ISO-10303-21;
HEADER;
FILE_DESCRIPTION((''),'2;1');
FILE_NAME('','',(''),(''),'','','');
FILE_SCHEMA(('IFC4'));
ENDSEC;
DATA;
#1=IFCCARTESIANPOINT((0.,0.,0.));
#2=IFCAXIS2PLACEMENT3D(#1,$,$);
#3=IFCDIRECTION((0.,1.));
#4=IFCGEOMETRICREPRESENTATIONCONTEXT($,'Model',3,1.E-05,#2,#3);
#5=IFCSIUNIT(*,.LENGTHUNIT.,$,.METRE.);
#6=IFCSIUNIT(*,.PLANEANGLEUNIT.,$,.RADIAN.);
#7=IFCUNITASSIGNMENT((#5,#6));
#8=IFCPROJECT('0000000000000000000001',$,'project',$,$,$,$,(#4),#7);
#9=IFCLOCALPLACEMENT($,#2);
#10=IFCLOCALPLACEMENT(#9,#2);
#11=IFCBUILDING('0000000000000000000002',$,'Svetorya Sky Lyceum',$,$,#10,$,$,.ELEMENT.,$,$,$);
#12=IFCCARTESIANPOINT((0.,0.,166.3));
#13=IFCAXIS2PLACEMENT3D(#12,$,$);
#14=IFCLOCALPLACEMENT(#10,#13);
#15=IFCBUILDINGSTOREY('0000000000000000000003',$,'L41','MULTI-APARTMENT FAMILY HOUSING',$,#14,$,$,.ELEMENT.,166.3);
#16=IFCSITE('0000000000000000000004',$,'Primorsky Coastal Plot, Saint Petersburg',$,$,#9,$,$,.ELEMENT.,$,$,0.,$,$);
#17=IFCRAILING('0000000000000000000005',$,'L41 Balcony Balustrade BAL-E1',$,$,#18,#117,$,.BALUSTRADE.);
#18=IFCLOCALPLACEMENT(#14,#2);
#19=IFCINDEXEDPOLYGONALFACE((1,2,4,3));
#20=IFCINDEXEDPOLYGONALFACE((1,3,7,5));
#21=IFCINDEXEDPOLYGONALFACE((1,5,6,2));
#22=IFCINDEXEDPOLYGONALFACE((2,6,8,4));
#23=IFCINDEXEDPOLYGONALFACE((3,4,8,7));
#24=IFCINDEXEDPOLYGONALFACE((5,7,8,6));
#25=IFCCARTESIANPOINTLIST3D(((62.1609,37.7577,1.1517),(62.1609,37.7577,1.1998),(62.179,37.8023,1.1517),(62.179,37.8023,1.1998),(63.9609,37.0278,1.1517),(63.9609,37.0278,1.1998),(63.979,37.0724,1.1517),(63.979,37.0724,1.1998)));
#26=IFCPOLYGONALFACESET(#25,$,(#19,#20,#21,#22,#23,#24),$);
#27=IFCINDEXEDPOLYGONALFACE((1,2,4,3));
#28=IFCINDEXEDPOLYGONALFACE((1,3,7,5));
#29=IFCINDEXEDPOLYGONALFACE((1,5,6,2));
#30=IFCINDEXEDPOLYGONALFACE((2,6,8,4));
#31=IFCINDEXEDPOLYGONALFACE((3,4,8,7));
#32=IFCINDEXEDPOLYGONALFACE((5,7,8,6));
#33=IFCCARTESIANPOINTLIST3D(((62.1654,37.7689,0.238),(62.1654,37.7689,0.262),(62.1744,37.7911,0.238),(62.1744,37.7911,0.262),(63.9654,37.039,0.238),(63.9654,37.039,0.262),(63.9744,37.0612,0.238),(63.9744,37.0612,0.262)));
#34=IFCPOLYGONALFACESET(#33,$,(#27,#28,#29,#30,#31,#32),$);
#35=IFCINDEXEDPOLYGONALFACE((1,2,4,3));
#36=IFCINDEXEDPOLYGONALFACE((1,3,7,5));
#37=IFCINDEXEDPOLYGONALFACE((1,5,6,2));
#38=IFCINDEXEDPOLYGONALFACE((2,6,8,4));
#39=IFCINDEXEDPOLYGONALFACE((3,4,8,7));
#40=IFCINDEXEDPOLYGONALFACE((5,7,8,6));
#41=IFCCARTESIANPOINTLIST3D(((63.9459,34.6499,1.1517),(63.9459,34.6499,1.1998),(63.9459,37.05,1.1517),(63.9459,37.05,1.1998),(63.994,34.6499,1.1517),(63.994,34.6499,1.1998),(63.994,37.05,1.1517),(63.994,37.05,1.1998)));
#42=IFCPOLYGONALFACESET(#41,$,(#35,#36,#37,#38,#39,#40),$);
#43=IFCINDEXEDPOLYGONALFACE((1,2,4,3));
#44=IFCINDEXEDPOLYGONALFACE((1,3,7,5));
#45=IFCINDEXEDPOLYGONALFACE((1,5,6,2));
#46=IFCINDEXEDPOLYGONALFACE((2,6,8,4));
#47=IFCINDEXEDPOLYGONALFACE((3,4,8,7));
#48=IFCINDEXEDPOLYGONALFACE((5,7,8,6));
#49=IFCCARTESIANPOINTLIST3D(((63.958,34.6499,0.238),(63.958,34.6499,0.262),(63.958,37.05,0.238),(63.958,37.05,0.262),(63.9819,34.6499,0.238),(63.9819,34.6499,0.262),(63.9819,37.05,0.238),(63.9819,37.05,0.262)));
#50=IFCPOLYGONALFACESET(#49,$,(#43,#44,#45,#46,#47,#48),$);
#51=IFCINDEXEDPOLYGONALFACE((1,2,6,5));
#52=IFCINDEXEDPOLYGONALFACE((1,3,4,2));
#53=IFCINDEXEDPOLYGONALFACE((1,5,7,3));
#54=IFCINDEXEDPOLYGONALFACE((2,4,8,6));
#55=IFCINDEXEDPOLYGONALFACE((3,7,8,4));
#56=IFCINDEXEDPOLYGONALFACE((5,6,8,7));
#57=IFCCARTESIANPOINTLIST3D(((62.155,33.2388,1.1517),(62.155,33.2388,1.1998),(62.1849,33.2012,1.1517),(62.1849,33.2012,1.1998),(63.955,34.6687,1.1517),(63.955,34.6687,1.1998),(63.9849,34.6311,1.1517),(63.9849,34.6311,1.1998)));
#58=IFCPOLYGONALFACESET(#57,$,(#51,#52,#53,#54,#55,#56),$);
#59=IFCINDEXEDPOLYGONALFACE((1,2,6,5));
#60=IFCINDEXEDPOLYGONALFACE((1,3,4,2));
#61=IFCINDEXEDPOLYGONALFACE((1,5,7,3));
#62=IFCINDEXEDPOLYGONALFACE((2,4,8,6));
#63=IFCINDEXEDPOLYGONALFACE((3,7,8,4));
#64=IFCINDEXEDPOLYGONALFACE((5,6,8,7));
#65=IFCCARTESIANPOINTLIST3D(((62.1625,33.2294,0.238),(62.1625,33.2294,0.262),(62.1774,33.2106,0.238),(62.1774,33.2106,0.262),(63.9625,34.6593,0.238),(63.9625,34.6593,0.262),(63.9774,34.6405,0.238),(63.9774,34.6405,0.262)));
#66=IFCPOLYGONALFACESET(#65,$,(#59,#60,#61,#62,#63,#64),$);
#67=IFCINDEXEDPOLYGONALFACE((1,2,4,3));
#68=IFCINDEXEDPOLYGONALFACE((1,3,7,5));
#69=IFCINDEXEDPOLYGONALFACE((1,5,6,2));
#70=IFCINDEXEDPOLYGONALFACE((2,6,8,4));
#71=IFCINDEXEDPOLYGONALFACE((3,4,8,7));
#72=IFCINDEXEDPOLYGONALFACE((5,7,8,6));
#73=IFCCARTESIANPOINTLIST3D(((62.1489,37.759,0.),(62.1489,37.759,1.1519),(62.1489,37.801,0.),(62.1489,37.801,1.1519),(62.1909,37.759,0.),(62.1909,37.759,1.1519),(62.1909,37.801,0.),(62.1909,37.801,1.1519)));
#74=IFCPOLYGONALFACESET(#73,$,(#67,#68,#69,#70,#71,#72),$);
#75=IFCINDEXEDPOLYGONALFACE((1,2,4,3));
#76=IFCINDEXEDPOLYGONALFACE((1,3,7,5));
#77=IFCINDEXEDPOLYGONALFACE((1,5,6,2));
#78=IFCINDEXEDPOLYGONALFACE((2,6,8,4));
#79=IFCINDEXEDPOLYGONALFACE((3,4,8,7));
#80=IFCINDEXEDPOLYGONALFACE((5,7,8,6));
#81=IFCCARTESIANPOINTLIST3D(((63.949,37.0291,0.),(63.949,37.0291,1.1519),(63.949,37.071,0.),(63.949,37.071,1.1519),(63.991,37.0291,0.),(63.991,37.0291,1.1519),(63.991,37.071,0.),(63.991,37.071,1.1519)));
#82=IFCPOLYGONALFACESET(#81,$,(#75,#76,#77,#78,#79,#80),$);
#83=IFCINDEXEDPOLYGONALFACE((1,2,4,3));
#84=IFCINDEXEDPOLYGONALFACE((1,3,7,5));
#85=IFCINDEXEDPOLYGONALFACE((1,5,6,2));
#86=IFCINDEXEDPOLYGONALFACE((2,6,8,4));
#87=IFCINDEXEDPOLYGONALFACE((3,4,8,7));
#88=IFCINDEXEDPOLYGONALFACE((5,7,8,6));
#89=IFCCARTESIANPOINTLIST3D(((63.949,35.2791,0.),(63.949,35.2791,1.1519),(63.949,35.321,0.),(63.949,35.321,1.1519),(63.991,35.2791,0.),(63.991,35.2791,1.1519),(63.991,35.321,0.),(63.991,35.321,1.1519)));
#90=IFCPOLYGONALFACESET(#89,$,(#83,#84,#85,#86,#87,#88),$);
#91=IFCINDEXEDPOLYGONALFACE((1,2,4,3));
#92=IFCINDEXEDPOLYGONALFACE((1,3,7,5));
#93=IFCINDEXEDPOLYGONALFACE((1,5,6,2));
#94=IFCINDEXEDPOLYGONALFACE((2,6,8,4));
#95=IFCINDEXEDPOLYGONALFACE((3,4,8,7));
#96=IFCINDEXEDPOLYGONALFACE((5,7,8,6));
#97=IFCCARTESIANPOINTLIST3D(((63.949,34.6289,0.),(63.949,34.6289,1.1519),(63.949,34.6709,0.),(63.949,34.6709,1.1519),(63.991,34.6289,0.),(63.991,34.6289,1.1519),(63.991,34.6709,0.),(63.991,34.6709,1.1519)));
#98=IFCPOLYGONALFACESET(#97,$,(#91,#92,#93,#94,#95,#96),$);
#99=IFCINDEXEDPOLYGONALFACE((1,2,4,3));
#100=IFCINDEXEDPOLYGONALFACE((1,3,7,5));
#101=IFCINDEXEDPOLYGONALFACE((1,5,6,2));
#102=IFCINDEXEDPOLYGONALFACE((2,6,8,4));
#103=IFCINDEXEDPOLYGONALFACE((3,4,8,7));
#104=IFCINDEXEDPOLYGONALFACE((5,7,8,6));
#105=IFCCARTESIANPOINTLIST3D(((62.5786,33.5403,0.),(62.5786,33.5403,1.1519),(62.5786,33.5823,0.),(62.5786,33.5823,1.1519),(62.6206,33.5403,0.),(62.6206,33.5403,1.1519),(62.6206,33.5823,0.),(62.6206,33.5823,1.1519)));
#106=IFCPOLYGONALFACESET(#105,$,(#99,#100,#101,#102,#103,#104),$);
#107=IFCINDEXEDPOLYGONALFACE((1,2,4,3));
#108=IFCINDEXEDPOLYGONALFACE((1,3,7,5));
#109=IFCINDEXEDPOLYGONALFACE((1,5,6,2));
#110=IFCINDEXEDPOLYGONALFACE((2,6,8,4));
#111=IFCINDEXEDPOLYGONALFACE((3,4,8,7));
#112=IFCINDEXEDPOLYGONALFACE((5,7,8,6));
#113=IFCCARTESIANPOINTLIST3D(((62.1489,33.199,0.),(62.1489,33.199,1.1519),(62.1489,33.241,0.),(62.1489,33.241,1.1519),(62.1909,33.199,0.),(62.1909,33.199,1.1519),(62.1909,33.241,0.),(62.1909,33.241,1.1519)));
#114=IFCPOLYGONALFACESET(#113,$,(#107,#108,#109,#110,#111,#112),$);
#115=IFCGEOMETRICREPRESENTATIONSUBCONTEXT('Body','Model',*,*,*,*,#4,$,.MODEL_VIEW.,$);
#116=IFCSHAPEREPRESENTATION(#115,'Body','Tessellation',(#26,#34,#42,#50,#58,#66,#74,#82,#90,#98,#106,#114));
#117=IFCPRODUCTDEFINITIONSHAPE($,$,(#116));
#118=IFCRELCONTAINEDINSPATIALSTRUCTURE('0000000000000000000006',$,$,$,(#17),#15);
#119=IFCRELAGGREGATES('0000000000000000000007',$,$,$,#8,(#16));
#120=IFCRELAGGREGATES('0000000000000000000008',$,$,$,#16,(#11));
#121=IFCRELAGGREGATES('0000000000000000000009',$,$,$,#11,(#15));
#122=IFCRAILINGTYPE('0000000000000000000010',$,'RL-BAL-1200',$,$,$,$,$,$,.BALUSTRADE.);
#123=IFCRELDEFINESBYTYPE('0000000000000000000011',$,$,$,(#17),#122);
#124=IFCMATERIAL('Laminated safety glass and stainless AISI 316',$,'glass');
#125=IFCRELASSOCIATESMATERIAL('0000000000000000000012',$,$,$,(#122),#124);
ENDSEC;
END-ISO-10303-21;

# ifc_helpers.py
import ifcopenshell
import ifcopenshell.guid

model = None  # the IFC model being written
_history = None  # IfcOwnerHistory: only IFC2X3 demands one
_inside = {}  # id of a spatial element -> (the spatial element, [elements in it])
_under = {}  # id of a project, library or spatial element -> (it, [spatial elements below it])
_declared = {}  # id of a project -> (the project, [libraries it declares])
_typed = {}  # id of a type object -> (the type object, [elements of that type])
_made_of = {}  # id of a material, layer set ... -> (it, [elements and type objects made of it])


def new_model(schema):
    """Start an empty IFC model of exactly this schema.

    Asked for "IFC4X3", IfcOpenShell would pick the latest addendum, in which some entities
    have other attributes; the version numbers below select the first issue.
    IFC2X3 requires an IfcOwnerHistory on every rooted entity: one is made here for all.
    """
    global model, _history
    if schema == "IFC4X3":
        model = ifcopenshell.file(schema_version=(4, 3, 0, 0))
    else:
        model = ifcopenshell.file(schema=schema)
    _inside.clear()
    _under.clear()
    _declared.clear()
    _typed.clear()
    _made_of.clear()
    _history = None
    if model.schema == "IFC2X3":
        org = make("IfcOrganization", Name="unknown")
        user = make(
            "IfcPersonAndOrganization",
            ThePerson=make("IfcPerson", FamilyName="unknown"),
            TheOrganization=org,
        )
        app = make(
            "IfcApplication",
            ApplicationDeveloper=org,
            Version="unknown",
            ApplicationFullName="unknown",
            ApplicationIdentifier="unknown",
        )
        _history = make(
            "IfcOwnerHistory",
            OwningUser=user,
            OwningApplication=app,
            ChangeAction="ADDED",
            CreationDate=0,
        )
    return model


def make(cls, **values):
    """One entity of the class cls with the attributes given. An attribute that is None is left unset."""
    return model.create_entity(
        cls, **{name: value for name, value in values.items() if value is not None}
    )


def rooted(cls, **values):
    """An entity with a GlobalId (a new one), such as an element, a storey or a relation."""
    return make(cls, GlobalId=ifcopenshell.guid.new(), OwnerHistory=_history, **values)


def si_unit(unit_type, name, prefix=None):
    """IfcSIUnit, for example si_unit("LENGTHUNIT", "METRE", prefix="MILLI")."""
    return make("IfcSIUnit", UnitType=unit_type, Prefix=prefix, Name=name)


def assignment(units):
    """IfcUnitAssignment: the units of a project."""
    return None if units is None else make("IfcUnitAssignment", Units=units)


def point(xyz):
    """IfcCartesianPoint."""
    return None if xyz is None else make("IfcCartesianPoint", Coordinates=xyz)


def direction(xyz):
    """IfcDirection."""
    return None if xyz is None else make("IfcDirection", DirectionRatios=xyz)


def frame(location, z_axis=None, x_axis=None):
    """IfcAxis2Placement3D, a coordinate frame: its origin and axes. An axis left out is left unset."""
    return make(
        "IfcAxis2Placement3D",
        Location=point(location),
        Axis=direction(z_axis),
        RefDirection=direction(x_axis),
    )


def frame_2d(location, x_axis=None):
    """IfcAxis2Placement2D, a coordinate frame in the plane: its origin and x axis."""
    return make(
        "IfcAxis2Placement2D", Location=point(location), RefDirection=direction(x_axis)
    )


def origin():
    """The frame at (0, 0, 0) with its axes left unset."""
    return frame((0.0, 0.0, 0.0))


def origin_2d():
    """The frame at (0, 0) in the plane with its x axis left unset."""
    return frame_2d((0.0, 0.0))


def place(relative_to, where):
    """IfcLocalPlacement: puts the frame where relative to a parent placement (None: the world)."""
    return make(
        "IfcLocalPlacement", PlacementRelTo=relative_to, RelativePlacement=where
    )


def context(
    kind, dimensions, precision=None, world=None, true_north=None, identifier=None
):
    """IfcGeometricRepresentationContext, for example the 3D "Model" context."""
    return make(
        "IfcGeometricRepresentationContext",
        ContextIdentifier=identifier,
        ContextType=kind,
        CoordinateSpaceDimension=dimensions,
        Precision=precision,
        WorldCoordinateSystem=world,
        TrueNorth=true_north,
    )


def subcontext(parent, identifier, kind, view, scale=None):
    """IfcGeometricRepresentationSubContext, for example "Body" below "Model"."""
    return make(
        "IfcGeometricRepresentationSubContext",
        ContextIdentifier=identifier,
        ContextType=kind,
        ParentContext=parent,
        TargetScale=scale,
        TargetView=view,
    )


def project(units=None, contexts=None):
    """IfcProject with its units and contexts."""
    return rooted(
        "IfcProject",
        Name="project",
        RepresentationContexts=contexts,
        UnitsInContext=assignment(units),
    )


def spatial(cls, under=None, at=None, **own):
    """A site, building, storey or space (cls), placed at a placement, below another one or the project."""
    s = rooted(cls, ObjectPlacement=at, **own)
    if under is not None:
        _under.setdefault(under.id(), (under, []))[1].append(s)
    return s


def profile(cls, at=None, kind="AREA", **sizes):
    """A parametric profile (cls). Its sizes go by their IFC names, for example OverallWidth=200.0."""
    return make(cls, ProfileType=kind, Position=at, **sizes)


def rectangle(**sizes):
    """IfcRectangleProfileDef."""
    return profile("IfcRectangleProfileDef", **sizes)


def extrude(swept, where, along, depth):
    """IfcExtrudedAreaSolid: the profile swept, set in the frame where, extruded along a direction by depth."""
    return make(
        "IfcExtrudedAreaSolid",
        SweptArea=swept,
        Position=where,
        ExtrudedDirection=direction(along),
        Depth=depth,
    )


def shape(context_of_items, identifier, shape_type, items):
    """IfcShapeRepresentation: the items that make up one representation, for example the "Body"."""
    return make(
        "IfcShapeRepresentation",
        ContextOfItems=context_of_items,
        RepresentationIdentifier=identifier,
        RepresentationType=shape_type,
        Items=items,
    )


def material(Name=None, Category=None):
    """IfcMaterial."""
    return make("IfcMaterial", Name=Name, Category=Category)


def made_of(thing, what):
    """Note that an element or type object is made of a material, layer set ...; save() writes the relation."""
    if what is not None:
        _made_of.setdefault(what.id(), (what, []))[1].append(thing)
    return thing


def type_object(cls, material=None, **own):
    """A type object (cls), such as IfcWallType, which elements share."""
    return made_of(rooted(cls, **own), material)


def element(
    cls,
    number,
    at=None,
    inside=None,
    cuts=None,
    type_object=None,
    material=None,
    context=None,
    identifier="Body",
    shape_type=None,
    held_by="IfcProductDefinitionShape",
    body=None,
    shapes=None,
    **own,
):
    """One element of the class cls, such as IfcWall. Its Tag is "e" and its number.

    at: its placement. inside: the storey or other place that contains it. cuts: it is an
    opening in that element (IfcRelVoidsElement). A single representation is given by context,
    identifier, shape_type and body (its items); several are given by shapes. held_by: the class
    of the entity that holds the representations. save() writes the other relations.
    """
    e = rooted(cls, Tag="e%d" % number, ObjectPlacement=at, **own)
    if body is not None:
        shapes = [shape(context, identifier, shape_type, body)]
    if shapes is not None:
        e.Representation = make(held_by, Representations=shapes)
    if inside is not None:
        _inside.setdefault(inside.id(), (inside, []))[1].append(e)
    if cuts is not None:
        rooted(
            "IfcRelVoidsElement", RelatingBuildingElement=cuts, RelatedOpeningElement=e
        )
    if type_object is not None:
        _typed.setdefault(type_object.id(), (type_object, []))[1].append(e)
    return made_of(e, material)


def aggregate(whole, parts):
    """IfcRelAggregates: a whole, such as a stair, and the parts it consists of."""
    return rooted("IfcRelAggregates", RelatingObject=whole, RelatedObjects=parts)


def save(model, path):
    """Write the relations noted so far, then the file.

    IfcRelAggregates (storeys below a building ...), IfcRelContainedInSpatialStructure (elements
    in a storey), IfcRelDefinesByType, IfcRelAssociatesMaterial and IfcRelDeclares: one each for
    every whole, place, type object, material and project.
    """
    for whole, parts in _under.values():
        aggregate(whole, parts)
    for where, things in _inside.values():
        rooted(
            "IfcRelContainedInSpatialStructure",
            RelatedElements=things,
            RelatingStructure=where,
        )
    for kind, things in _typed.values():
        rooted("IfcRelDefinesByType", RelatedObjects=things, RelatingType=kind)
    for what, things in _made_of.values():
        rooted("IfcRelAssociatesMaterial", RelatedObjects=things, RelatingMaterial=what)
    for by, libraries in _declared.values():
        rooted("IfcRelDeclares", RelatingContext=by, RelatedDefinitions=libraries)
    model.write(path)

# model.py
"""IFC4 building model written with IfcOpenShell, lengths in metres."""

from ifc_helpers import new_model, si_unit, direction, frame, origin, origin_2d, place, context, subcontext, project, spatial, rectangle, extrude, material, type_object, element, save


model = new_model("IFC4")

# Units and contexts
model_context = context("Model", 3, precision=1e-05, world=origin(), true_north=direction((0.0, 1.0)))
body_context = subcontext(model_context, "Body", "Model", "MODEL_VIEW")
ifc_project = project(units=[si_unit("LENGTHUNIT", "METRE"), si_unit("PLANEANGLEUNIT", "RADIAN")], contexts=[model_context])

# Site, building, storey
site_placement = place(None, origin())
site = spatial("IfcSite", under=ifc_project, at=site_placement, Name="Primorsky Coastal Plot, Saint Petersburg", CompositionType="ELEMENT", RefElevation=0.0)
building_placement = place(site_placement, origin())
building = spatial("IfcBuilding", under=site, at=building_placement, Name="Svetorya Sky Lyceum", CompositionType="ELEMENT")
storey_placement = place(building_placement, frame((0.0, 0.0, 166.3)))
storey = spatial("IfcBuildingStorey", under=building, at=storey_placement, Name="L41", Description="MULTI-APARTMENT FAMILY HOUSING", CompositionType="ELEMENT", Elevation=166.3)

# Railing
ifc_material_1 = material(Name="Laminated safety glass and stainless AISI 316", Category="glass")
railing_type = type_object("IfcRailingType", Name="RL-BAL-1200", PredefinedType="BALUSTRADE", material=ifc_material_1)
railing_placement = place(storey_placement, frame((62.1699, 37.78, 0.0)))
element("IfcRailing", 1, at=railing_placement, inside=storey, type_object=railing_type, Name="L41 Balcony Balustrade BAL-E1", PredefinedType="BALUSTRADE", context=body_context, shape_type="SweptSolid", body=[
    extrude(rectangle(XDim=0.0481, YDim=0.0481, at=origin_2d()), frame((0.0, 0.0, 1.1758), z_axis=(0.926698, -0.375807, 0.0), x_axis=(0.375807, 0.926698, 0.0)), (0.0, 0.0, 1.0), 1.9424),
    extrude(rectangle(XDim=0.0239, YDim=0.0239, at=origin_2d()), frame((0.0, 0.0, 0.25), z_axis=(0.926698, -0.375807, 0.0), x_axis=(0.375807, 0.926698, 0.0)), (0.0, 0.0, 1.0), 1.9424),
    extrude(rectangle(XDim=0.0481, YDim=0.0481, at=origin_2d()), frame((1.8, -0.73, 1.1758), z_axis=(0.0, -1.0, 0.0), x_axis=(1.0, 0.0, 0.0)), (0.0, 0.0, 1.0), 2.4001),
    extrude(rectangle(XDim=0.0239, YDim=0.0239, at=origin_2d()), frame((1.8, -0.73, 0.25), z_axis=(0.0, -1.0, 0.0), x_axis=(1.0, 0.0, 0.0)), (0.0, 0.0, 1.0), 2.4001),
    extrude(rectangle(XDim=0.0481, YDim=0.0481, at=origin_2d()), frame((1.8, -3.1301, 1.1758), z_axis=(-0.783009, -0.62201, 0.0), x_axis=(0.62201, -0.783009, 0.0)), (0.0, 0.0, 1.0), 2.2988),
    extrude(rectangle(XDim=0.0239, YDim=0.0239, at=origin_2d()), frame((1.8, -3.1301, 0.25), z_axis=(-0.783009, -0.62201, 0.0), x_axis=(0.62201, -0.783009, 0.0)), (0.0, 0.0, 1.0), 2.2988),
    extrude(rectangle(XDim=0.042, YDim=0.042, at=origin_2d()), origin(), (0.0, 0.0, 1.0), 1.1519),
    extrude(rectangle(XDim=0.042, YDim=0.042, at=origin_2d()), frame((1.8, -0.73, 0.0)), (0.0, 0.0, 1.0), 1.1519),
    extrude(rectangle(XDim=0.042, YDim=0.042, at=origin_2d()), frame((1.8, -2.48, 0.0)), (0.0, 0.0, 1.0), 1.1519),
    extrude(rectangle(XDim=0.042, YDim=0.042, at=origin_2d()), frame((1.8, -3.1301, 0.0)), (0.0, 0.0, 1.0), 1.1519),
    extrude(rectangle(XDim=0.042, YDim=0.042, at=origin_2d()), frame((0.4297, -4.2188, 0.0)), (0.0, 0.0, 1.0), 1.1519),
    extrude(rectangle(XDim=0.042, YDim=0.042, at=origin_2d()), frame((0.0, -4.5601, 0.0)), (0.0, 0.0, 1.0), 1.1519),
])

save(model, "model.ifc")
